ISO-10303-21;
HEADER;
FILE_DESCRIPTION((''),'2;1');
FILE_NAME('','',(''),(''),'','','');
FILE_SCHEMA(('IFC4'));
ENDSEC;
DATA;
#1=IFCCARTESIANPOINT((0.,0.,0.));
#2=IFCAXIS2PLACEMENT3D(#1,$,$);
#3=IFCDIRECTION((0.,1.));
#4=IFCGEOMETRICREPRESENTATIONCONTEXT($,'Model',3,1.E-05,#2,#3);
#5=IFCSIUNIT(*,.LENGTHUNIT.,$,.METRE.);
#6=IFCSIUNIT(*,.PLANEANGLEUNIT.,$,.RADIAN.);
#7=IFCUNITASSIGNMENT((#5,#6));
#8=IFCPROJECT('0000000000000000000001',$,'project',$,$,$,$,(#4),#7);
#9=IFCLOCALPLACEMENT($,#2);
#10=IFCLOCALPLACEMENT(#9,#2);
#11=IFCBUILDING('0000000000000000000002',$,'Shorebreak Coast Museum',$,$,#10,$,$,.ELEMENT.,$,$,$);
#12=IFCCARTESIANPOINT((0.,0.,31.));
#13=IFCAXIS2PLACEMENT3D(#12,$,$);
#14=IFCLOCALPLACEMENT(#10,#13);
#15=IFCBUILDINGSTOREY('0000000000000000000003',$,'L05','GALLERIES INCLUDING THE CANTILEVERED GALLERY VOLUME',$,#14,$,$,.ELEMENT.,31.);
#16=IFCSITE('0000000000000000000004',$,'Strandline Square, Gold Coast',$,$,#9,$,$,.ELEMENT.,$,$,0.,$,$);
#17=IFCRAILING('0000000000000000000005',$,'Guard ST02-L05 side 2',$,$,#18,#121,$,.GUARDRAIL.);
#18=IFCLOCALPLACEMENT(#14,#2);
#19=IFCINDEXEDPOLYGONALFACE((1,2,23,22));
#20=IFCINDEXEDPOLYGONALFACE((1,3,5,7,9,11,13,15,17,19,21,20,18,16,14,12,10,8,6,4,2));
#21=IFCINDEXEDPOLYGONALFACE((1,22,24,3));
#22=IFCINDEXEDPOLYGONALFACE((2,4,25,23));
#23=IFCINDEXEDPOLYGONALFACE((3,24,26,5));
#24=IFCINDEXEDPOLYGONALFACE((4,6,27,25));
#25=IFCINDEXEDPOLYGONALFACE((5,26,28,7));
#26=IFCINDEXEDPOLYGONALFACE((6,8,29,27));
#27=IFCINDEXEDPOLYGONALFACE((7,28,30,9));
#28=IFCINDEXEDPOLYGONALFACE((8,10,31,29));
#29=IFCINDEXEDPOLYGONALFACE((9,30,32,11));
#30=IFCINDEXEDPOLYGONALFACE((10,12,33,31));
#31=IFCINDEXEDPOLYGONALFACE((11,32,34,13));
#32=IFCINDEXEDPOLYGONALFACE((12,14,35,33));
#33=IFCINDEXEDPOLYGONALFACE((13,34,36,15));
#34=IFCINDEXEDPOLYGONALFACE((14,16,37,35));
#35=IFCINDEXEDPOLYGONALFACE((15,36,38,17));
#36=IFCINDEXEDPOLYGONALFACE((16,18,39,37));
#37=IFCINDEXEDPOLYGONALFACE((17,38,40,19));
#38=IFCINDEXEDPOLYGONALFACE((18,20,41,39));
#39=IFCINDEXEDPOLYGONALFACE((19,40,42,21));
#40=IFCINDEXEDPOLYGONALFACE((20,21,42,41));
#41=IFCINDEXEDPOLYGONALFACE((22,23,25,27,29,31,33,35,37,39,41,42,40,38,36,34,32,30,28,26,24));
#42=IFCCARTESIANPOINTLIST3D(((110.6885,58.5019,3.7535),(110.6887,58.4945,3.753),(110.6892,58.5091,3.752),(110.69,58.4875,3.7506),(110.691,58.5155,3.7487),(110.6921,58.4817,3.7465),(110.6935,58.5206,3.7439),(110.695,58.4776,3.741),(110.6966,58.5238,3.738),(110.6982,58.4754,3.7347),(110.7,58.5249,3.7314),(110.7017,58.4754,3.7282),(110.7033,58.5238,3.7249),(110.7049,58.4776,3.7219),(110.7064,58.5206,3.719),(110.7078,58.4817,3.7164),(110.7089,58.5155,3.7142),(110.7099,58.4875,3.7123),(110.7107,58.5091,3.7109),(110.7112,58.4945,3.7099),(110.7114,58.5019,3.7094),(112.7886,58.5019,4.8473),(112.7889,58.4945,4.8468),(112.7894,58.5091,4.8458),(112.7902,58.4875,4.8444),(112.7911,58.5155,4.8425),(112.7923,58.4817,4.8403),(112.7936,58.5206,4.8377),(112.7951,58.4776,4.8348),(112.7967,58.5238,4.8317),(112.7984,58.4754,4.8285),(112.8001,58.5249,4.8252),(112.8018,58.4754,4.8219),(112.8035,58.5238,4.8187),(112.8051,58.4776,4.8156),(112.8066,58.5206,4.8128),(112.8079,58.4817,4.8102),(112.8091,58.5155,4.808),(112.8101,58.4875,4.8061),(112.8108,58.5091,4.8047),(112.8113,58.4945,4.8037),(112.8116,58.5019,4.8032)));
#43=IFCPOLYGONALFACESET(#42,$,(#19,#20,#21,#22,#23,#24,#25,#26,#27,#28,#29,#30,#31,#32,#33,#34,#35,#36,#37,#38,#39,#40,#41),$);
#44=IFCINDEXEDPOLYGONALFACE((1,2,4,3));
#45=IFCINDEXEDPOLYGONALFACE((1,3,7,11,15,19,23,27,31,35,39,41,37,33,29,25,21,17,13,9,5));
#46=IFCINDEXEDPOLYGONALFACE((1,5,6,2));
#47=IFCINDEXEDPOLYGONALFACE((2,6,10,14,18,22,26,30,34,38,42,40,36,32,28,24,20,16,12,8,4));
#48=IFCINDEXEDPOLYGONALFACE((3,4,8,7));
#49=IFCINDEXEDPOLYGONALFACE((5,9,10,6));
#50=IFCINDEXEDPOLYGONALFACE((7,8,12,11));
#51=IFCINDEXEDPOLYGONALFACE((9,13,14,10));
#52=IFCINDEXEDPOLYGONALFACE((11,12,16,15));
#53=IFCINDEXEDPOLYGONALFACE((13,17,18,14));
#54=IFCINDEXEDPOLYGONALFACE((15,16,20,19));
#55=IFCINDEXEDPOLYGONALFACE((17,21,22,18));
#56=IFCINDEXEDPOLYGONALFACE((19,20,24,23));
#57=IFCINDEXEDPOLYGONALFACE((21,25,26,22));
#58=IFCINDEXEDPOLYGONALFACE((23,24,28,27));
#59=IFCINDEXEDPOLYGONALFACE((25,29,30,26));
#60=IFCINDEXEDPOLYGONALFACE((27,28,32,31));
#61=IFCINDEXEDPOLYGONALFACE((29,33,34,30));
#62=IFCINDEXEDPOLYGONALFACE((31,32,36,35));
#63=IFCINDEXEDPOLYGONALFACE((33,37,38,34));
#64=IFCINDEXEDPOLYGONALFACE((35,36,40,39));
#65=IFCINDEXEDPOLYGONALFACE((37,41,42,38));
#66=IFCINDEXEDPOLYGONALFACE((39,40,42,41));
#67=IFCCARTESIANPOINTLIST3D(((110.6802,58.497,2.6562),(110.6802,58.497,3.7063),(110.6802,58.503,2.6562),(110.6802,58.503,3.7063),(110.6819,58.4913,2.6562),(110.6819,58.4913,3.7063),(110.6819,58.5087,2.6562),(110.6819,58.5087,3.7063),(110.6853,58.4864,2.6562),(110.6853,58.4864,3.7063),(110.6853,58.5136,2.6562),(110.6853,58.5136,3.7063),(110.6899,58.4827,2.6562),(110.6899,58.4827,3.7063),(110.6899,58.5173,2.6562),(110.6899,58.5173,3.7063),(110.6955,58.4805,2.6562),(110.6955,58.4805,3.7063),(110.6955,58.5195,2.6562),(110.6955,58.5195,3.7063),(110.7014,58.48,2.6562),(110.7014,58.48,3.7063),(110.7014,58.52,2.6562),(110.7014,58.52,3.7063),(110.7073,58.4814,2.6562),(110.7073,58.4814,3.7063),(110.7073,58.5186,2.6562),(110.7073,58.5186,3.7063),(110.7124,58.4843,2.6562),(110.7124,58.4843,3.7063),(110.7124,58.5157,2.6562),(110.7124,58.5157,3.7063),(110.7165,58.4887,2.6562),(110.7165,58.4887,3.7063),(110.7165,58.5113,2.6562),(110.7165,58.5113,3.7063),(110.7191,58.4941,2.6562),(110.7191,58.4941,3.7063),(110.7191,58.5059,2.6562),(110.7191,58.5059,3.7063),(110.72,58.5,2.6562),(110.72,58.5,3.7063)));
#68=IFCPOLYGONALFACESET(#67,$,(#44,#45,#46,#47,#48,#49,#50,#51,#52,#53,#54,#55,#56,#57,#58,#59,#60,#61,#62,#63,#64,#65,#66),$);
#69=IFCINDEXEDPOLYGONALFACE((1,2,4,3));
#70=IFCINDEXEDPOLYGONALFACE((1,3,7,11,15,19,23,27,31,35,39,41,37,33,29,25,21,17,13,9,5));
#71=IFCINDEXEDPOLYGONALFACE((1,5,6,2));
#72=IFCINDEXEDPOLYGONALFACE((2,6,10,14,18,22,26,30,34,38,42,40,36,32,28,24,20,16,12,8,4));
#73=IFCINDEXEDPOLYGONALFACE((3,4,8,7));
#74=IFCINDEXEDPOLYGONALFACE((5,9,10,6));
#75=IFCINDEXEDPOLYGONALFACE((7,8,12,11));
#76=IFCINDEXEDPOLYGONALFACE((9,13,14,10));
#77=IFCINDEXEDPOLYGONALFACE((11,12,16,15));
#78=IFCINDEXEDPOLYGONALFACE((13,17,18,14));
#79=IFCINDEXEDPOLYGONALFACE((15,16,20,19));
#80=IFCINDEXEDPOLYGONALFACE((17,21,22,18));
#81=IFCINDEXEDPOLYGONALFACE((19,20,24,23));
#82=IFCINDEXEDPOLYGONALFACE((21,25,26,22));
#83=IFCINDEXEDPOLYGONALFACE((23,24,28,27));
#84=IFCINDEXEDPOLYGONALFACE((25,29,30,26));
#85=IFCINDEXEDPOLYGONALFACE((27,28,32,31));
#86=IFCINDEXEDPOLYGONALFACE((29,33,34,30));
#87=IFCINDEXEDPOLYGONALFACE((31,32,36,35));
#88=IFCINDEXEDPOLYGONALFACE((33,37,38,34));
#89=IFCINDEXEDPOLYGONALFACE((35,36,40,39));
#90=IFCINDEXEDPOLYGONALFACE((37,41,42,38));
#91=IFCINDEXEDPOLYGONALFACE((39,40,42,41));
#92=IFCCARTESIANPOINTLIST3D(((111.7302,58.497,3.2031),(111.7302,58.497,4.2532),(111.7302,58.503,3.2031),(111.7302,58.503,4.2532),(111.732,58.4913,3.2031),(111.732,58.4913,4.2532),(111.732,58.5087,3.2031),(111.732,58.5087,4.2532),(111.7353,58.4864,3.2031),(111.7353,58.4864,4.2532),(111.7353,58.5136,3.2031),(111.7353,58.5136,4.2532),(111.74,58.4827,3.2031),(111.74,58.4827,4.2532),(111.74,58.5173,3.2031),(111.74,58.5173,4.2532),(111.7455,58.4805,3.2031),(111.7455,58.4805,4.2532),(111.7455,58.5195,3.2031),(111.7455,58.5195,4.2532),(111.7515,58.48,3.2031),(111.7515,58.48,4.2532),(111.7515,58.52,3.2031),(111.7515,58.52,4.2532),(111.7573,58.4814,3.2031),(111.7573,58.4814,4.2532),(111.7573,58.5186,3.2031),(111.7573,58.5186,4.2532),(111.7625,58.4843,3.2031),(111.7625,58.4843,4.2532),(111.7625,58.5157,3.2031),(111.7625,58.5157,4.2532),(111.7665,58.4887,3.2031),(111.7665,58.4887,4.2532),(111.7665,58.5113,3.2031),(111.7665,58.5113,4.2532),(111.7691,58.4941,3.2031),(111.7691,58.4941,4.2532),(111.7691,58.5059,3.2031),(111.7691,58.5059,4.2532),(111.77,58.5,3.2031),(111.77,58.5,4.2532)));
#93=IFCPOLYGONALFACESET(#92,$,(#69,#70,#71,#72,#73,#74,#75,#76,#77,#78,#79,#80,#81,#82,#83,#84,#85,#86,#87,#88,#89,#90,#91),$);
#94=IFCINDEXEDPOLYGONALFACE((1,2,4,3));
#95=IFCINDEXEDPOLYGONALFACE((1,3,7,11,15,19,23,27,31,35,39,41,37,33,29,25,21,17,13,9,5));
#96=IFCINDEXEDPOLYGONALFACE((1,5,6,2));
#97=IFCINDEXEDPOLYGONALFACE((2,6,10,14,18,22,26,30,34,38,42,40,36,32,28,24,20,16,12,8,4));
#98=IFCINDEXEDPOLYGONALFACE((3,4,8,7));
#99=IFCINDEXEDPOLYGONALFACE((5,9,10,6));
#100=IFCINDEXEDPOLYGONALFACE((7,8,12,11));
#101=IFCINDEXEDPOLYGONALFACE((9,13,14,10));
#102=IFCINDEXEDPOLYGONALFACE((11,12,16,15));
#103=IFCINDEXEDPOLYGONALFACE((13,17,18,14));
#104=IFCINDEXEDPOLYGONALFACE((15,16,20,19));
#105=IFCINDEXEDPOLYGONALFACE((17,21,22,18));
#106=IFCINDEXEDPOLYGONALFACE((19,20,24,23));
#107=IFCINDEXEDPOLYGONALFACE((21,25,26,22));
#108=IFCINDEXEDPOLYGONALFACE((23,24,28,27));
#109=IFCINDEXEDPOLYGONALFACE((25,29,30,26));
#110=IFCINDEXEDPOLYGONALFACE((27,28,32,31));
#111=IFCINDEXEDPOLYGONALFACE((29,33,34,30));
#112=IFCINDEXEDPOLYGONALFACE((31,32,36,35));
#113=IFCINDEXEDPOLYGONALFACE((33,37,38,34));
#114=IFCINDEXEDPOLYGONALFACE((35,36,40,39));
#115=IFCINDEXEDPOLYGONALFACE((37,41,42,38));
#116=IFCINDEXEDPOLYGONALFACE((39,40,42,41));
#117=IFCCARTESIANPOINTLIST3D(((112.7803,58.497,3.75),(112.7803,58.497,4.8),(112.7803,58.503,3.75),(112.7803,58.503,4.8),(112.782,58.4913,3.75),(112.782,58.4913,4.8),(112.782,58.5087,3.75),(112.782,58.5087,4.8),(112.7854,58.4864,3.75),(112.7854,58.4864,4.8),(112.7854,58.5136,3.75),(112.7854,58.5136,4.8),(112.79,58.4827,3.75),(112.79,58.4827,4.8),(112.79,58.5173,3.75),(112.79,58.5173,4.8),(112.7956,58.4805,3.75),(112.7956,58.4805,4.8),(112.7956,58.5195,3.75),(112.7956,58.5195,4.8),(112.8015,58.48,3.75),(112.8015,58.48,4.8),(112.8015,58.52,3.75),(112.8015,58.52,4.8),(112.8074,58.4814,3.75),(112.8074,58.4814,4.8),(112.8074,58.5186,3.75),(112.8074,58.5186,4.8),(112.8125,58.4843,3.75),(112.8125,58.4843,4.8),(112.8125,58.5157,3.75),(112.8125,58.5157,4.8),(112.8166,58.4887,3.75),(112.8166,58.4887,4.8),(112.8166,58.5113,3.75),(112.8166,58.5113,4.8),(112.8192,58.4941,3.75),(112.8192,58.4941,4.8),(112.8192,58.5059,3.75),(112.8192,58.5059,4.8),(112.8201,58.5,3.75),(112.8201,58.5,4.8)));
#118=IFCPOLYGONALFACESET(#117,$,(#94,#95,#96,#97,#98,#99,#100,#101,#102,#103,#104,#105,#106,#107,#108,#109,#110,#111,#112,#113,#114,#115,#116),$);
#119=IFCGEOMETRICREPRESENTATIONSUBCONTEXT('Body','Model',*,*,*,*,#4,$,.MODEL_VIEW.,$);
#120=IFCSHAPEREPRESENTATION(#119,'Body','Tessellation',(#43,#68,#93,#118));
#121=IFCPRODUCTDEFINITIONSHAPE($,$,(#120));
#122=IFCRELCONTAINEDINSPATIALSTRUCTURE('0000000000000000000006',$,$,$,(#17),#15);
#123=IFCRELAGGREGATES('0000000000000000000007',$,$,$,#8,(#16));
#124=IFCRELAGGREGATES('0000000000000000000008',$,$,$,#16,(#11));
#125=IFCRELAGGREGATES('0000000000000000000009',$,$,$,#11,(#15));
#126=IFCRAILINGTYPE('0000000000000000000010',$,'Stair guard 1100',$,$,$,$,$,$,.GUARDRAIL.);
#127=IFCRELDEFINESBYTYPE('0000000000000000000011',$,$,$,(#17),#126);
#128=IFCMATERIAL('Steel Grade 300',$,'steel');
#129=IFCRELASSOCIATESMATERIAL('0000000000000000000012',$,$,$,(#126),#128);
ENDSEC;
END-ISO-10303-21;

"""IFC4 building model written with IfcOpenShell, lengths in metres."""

from ifc_helpers import new_model, si_unit, direction, frame, origin, origin_2d, place, context, subcontext, project, spatial, circle, extrude, material, type_object, element, save


model = new_model("IFC4")

# Units and contexts
model_context = context("Model", 3, precision=1e-05, world=origin(), true_north=direction((0.0, 1.0)))
body_context = subcontext(model_context, "Body", "Model", "MODEL_VIEW")
ifc_project = project(units=[si_unit("LENGTHUNIT", "METRE"), si_unit("PLANEANGLEUNIT", "RADIAN")], contexts=[model_context])

# Site, building, storey
site_placement = place(None, origin())
site = spatial("IfcSite", under=ifc_project, at=site_placement, Name="Strandline Square, Gold Coast", CompositionType="ELEMENT", RefElevation=0.0)
building_placement = place(site_placement, origin())
building = spatial("IfcBuilding", under=site, at=building_placement, Name="Shorebreak Coast Museum", CompositionType="ELEMENT")
storey_placement = place(building_placement, frame((0.0, 0.0, 31.0)))
storey = spatial("IfcBuildingStorey", under=building, at=storey_placement, Name="L05", Description="GALLERIES INCLUDING THE CANTILEVERED GALLERY VOLUME", CompositionType="ELEMENT", Elevation=31.0)

# Railing
ifc_material_1 = material(Name="Steel Grade 300", Category="steel")
railing_type_1 = type_object("IfcRailingType", Name="Stair guard 1100", PredefinedType="GUARDRAIL", material=ifc_material_1)
railing_1_placement = place(storey_placement, frame((110.7, 58.5, 2.6562)))
element("IfcRailing", 1, at=railing_1_placement, inside=storey, type_object=railing_type_1, Name="Guard ST02-L05 side 2", PredefinedType="GUARDRAIL", context=body_context, shape_type="SweptSolid", body=[
    extrude(circle(Radius=0.0249, at=origin_2d()), frame((0.0, 0.0, 1.0752), z_axis=(0.886923, 0.0, 0.461918), x_axis=(0.0, 1.0, 0.0)), (0.0, 0.0, 1.0), 2.3679),
    extrude(circle(Radius=0.02, at=origin_2d()), origin(), (0.0, 0.0, 1.0), 1.05),
    extrude(circle(Radius=0.02, at=origin_2d()), frame((1.05, 0.0, 0.5469)), (0.0, 0.0, 1.0), 1.05),
    extrude(circle(Radius=0.02, at=origin_2d()), frame((2.1001, 0.0, 1.0938)), (0.0, 0.0, 1.0), 1.05),
])

save(model, "model.ifc")
